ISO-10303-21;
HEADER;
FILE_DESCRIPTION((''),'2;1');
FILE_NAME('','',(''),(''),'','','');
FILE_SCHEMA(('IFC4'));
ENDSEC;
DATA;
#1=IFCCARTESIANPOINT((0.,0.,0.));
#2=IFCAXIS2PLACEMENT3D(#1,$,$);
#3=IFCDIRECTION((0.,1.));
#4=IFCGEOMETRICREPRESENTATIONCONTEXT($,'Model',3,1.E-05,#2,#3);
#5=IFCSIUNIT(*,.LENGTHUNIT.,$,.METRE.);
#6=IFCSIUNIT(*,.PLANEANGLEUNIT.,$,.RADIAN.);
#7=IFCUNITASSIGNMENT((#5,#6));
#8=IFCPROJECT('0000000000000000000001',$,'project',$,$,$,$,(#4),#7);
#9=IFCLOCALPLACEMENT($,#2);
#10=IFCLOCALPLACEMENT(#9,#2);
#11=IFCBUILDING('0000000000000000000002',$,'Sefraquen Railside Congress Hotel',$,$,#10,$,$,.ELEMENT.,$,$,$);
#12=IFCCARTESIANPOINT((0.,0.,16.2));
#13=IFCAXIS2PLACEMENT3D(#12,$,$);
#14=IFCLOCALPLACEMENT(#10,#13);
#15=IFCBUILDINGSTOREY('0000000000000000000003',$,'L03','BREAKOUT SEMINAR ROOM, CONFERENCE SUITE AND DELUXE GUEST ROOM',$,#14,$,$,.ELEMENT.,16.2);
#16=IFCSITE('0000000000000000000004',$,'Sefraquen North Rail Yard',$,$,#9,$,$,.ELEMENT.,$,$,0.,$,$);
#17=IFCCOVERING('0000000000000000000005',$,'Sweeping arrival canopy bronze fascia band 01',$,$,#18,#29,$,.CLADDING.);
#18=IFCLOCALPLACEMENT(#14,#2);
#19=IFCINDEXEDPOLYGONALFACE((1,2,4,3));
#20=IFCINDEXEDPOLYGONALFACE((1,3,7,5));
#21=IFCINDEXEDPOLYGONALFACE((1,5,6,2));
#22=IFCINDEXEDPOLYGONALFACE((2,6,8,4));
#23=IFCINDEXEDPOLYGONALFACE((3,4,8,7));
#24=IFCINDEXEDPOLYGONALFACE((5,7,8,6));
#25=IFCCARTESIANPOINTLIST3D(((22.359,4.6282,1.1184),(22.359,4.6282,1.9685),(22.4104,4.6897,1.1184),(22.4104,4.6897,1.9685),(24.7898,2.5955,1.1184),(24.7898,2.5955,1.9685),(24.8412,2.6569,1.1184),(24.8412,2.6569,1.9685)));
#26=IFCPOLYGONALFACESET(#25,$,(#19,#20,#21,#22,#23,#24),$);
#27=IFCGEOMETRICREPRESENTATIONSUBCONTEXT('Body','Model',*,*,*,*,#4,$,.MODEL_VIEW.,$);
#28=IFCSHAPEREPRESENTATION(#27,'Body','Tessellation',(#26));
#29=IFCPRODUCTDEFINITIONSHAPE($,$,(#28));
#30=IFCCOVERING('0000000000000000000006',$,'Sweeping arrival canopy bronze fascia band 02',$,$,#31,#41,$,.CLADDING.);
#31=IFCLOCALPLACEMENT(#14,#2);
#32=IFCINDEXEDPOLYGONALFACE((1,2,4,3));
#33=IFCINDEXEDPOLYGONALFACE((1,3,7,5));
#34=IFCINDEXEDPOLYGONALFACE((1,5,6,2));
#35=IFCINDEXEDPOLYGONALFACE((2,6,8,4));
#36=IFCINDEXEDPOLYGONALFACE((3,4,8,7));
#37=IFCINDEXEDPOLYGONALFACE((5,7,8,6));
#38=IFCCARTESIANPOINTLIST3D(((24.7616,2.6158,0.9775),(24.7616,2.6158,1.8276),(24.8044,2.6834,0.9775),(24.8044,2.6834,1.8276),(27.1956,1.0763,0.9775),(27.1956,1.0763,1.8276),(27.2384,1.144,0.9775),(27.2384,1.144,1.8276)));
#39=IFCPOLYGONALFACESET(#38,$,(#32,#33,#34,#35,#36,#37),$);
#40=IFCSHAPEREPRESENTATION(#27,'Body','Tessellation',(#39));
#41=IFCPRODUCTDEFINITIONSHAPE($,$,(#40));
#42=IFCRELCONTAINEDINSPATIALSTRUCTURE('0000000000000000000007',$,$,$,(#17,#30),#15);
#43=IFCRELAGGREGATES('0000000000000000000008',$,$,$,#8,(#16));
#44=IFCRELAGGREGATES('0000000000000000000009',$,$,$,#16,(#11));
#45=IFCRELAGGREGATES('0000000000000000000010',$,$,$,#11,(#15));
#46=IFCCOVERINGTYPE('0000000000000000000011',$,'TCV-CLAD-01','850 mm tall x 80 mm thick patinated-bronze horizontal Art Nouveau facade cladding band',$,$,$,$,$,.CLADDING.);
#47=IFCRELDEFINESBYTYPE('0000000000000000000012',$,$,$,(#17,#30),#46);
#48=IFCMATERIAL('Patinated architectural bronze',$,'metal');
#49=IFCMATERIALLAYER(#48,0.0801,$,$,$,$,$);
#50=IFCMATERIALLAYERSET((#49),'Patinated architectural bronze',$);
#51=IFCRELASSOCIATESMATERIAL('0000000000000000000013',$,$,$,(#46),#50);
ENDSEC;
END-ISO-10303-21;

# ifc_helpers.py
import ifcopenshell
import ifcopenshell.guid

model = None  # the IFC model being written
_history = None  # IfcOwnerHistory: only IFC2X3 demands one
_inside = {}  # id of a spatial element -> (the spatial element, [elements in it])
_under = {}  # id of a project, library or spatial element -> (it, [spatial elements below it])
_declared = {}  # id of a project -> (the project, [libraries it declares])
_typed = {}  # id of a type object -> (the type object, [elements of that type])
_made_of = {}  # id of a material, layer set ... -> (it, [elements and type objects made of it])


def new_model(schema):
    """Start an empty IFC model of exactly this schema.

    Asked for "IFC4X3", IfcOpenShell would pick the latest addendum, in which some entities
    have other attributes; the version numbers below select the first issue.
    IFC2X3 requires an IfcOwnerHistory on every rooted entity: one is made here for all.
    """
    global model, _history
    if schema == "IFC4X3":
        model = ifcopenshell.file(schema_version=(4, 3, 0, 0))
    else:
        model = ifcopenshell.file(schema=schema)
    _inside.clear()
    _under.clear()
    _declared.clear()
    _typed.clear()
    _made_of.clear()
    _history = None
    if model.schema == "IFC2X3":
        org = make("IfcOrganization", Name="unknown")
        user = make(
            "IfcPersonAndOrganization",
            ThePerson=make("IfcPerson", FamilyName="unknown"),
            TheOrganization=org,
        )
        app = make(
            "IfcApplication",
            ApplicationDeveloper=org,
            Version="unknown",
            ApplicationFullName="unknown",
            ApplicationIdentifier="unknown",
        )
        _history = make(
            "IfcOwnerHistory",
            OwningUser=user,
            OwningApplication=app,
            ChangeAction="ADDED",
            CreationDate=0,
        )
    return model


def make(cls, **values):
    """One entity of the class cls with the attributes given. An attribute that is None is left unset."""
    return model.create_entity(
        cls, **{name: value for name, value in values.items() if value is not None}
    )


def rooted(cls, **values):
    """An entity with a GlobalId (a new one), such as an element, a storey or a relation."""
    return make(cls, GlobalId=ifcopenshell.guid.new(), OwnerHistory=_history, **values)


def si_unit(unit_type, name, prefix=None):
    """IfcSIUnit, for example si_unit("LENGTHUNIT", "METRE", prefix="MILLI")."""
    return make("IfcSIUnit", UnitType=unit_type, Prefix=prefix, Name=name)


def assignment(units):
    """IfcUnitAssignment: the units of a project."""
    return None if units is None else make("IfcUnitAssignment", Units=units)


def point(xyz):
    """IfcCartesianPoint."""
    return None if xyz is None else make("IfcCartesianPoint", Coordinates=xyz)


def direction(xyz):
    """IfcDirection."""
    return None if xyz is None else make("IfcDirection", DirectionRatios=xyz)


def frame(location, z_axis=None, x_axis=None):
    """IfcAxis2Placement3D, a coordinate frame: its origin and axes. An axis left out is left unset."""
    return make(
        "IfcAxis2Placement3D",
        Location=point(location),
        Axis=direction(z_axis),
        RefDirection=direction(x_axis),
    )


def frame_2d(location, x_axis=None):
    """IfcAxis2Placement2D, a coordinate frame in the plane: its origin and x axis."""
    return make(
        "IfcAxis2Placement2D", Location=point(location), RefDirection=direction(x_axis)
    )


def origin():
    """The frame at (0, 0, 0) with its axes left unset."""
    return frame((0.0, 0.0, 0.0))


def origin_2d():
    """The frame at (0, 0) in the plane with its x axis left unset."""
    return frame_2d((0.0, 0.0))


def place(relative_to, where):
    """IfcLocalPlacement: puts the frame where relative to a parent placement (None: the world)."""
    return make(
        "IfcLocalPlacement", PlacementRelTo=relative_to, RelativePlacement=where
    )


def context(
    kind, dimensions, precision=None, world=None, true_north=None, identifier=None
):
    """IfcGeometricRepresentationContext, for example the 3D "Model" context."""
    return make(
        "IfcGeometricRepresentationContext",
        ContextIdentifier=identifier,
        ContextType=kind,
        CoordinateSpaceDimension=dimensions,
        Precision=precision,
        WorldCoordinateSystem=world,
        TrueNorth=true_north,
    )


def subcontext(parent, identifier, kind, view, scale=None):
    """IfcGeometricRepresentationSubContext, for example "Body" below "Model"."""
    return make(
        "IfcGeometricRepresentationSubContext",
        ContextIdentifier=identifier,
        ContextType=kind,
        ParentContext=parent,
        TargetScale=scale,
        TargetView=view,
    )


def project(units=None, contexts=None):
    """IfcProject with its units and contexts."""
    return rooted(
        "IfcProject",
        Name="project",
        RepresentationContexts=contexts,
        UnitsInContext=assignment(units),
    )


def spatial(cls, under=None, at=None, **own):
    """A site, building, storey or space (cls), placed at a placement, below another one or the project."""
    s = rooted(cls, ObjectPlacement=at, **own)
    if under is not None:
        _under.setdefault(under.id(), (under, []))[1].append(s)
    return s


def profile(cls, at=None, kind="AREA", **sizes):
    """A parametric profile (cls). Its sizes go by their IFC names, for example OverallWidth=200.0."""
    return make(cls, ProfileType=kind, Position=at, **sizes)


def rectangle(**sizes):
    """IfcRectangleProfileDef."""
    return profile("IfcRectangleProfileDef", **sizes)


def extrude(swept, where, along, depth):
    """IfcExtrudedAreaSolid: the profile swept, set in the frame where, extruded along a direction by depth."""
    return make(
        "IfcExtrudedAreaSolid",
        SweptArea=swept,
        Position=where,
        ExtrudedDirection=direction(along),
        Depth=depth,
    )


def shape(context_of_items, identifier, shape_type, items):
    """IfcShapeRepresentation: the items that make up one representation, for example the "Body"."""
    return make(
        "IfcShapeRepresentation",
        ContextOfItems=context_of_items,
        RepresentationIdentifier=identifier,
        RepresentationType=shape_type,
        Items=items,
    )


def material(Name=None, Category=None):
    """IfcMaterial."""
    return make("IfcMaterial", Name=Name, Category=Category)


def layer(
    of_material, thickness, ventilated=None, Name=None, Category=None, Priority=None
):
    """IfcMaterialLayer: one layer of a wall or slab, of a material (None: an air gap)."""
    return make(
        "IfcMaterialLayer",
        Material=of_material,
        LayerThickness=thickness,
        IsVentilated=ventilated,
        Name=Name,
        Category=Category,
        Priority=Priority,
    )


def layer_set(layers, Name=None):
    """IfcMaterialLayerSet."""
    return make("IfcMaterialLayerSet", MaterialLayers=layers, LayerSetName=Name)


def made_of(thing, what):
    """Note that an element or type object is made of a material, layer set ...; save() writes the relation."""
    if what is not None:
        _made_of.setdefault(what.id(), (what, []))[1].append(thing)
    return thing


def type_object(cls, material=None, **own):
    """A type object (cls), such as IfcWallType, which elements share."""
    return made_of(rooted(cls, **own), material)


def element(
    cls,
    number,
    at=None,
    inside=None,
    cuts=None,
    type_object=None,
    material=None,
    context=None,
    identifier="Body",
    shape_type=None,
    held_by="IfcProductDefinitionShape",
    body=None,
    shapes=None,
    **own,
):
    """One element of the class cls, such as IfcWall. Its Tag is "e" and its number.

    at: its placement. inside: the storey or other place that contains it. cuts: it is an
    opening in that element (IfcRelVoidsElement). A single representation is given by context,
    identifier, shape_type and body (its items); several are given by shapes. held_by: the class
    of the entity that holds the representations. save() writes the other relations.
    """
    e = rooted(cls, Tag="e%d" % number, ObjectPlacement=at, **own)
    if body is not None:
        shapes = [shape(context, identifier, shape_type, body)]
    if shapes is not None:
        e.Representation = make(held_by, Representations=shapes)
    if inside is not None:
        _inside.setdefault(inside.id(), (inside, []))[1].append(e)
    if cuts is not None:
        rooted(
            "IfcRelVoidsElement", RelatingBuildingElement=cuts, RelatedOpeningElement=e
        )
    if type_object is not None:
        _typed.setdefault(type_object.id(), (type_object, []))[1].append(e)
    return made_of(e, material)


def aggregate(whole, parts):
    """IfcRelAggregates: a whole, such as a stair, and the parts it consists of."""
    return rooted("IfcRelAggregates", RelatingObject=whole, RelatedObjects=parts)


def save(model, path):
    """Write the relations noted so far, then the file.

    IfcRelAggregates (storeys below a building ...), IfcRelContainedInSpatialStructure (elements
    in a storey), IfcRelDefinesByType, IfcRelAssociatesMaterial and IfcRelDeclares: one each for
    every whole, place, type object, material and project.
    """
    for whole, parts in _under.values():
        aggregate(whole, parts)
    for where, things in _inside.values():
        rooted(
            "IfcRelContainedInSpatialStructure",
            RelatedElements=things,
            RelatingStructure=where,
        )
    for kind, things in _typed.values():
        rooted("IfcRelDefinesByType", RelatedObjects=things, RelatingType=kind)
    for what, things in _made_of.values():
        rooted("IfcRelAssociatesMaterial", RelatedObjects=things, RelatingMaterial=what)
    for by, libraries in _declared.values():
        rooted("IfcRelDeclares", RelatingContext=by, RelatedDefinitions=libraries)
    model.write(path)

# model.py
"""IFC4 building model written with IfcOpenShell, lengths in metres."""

from ifc_helpers import new_model, si_unit, direction, frame, origin, origin_2d, place, context, subcontext, project, spatial, rectangle, extrude, material, layer, layer_set, type_object, element, save


model = new_model("IFC4")

# Units and contexts
model_context = context("Model", 3, precision=1e-05, world=origin(), true_north=direction((0.0, 1.0)))
body_context = subcontext(model_context, "Body", "Model", "MODEL_VIEW")
ifc_project = project(units=[si_unit("LENGTHUNIT", "METRE"), si_unit("PLANEANGLEUNIT", "RADIAN")], contexts=[model_context])

# Site, building, storey
site_placement = place(None, origin())
site = spatial("IfcSite", under=ifc_project, at=site_placement, Name="Sefraquen North Rail Yard", CompositionType="ELEMENT", RefElevation=0.0)
building_placement = place(site_placement, origin())
building = spatial("IfcBuilding", under=site, at=building_placement, Name="Sefraquen Railside Congress Hotel", CompositionType="ELEMENT")
storey_placement = place(building_placement, frame((0.0, 0.0, 16.2)))
storey = spatial("IfcBuildingStorey", under=building, at=storey_placement, Name="L03", Description="BREAKOUT SEMINAR ROOM, CONFERENCE SUITE AND DELUXE GUEST ROOM", CompositionType="ELEMENT", Elevation=16.2)

# Coverings
ifc_material_1 = material(Name="Patinated architectural bronze", Category="metal")
ifc_layer_1 = layer(ifc_material_1, 0.0801)
ifc_layer_set_1 = layer_set([ifc_layer_1], Name="Patinated architectural bronze")
covering_type = type_object("IfcCoveringType", Name="TCV-CLAD-01", Description="850 mm tall x 80 mm thick patinated-bronze horizontal Art Nouveau facade cladding band", PredefinedType="CLADDING", material=ifc_layer_set_1)
covering_1_placement = place(storey_placement, frame((23.6001, 3.6426, 1.1184), z_axis=(0.0, 0.0, 1.0), x_axis=(0.76712, -0.641503, 0.0)))
element("IfcCovering", 1, at=covering_1_placement, inside=storey, type_object=covering_type, Name="Sweeping arrival canopy bronze fascia band 01", PredefinedType="CLADDING", context=body_context, shape_type="SweptSolid", body=[
    extrude(rectangle(XDim=3.1687, YDim=0.0801, at=origin_2d()), origin(), (0.0, 0.0, 1.0), 0.8501),
])
covering_2_placement = place(storey_placement, frame((26.0, 1.8799, 0.9775), z_axis=(0.0, 0.0, 1.0), x_axis=(0.845141, -0.534544, 0.0)))
element("IfcCovering", 2, at=covering_2_placement, inside=storey, type_object=covering_type, Name="Sweeping arrival canopy bronze fascia band 02", PredefinedType="CLADDING", context=body_context, shape_type="SweptSolid", body=[
    extrude(rectangle(XDim=2.8799, YDim=0.0801, at=origin_2d()), origin(), (0.0, 0.0, 1.0), 0.8501),
])

save(model, "model.ifc")
